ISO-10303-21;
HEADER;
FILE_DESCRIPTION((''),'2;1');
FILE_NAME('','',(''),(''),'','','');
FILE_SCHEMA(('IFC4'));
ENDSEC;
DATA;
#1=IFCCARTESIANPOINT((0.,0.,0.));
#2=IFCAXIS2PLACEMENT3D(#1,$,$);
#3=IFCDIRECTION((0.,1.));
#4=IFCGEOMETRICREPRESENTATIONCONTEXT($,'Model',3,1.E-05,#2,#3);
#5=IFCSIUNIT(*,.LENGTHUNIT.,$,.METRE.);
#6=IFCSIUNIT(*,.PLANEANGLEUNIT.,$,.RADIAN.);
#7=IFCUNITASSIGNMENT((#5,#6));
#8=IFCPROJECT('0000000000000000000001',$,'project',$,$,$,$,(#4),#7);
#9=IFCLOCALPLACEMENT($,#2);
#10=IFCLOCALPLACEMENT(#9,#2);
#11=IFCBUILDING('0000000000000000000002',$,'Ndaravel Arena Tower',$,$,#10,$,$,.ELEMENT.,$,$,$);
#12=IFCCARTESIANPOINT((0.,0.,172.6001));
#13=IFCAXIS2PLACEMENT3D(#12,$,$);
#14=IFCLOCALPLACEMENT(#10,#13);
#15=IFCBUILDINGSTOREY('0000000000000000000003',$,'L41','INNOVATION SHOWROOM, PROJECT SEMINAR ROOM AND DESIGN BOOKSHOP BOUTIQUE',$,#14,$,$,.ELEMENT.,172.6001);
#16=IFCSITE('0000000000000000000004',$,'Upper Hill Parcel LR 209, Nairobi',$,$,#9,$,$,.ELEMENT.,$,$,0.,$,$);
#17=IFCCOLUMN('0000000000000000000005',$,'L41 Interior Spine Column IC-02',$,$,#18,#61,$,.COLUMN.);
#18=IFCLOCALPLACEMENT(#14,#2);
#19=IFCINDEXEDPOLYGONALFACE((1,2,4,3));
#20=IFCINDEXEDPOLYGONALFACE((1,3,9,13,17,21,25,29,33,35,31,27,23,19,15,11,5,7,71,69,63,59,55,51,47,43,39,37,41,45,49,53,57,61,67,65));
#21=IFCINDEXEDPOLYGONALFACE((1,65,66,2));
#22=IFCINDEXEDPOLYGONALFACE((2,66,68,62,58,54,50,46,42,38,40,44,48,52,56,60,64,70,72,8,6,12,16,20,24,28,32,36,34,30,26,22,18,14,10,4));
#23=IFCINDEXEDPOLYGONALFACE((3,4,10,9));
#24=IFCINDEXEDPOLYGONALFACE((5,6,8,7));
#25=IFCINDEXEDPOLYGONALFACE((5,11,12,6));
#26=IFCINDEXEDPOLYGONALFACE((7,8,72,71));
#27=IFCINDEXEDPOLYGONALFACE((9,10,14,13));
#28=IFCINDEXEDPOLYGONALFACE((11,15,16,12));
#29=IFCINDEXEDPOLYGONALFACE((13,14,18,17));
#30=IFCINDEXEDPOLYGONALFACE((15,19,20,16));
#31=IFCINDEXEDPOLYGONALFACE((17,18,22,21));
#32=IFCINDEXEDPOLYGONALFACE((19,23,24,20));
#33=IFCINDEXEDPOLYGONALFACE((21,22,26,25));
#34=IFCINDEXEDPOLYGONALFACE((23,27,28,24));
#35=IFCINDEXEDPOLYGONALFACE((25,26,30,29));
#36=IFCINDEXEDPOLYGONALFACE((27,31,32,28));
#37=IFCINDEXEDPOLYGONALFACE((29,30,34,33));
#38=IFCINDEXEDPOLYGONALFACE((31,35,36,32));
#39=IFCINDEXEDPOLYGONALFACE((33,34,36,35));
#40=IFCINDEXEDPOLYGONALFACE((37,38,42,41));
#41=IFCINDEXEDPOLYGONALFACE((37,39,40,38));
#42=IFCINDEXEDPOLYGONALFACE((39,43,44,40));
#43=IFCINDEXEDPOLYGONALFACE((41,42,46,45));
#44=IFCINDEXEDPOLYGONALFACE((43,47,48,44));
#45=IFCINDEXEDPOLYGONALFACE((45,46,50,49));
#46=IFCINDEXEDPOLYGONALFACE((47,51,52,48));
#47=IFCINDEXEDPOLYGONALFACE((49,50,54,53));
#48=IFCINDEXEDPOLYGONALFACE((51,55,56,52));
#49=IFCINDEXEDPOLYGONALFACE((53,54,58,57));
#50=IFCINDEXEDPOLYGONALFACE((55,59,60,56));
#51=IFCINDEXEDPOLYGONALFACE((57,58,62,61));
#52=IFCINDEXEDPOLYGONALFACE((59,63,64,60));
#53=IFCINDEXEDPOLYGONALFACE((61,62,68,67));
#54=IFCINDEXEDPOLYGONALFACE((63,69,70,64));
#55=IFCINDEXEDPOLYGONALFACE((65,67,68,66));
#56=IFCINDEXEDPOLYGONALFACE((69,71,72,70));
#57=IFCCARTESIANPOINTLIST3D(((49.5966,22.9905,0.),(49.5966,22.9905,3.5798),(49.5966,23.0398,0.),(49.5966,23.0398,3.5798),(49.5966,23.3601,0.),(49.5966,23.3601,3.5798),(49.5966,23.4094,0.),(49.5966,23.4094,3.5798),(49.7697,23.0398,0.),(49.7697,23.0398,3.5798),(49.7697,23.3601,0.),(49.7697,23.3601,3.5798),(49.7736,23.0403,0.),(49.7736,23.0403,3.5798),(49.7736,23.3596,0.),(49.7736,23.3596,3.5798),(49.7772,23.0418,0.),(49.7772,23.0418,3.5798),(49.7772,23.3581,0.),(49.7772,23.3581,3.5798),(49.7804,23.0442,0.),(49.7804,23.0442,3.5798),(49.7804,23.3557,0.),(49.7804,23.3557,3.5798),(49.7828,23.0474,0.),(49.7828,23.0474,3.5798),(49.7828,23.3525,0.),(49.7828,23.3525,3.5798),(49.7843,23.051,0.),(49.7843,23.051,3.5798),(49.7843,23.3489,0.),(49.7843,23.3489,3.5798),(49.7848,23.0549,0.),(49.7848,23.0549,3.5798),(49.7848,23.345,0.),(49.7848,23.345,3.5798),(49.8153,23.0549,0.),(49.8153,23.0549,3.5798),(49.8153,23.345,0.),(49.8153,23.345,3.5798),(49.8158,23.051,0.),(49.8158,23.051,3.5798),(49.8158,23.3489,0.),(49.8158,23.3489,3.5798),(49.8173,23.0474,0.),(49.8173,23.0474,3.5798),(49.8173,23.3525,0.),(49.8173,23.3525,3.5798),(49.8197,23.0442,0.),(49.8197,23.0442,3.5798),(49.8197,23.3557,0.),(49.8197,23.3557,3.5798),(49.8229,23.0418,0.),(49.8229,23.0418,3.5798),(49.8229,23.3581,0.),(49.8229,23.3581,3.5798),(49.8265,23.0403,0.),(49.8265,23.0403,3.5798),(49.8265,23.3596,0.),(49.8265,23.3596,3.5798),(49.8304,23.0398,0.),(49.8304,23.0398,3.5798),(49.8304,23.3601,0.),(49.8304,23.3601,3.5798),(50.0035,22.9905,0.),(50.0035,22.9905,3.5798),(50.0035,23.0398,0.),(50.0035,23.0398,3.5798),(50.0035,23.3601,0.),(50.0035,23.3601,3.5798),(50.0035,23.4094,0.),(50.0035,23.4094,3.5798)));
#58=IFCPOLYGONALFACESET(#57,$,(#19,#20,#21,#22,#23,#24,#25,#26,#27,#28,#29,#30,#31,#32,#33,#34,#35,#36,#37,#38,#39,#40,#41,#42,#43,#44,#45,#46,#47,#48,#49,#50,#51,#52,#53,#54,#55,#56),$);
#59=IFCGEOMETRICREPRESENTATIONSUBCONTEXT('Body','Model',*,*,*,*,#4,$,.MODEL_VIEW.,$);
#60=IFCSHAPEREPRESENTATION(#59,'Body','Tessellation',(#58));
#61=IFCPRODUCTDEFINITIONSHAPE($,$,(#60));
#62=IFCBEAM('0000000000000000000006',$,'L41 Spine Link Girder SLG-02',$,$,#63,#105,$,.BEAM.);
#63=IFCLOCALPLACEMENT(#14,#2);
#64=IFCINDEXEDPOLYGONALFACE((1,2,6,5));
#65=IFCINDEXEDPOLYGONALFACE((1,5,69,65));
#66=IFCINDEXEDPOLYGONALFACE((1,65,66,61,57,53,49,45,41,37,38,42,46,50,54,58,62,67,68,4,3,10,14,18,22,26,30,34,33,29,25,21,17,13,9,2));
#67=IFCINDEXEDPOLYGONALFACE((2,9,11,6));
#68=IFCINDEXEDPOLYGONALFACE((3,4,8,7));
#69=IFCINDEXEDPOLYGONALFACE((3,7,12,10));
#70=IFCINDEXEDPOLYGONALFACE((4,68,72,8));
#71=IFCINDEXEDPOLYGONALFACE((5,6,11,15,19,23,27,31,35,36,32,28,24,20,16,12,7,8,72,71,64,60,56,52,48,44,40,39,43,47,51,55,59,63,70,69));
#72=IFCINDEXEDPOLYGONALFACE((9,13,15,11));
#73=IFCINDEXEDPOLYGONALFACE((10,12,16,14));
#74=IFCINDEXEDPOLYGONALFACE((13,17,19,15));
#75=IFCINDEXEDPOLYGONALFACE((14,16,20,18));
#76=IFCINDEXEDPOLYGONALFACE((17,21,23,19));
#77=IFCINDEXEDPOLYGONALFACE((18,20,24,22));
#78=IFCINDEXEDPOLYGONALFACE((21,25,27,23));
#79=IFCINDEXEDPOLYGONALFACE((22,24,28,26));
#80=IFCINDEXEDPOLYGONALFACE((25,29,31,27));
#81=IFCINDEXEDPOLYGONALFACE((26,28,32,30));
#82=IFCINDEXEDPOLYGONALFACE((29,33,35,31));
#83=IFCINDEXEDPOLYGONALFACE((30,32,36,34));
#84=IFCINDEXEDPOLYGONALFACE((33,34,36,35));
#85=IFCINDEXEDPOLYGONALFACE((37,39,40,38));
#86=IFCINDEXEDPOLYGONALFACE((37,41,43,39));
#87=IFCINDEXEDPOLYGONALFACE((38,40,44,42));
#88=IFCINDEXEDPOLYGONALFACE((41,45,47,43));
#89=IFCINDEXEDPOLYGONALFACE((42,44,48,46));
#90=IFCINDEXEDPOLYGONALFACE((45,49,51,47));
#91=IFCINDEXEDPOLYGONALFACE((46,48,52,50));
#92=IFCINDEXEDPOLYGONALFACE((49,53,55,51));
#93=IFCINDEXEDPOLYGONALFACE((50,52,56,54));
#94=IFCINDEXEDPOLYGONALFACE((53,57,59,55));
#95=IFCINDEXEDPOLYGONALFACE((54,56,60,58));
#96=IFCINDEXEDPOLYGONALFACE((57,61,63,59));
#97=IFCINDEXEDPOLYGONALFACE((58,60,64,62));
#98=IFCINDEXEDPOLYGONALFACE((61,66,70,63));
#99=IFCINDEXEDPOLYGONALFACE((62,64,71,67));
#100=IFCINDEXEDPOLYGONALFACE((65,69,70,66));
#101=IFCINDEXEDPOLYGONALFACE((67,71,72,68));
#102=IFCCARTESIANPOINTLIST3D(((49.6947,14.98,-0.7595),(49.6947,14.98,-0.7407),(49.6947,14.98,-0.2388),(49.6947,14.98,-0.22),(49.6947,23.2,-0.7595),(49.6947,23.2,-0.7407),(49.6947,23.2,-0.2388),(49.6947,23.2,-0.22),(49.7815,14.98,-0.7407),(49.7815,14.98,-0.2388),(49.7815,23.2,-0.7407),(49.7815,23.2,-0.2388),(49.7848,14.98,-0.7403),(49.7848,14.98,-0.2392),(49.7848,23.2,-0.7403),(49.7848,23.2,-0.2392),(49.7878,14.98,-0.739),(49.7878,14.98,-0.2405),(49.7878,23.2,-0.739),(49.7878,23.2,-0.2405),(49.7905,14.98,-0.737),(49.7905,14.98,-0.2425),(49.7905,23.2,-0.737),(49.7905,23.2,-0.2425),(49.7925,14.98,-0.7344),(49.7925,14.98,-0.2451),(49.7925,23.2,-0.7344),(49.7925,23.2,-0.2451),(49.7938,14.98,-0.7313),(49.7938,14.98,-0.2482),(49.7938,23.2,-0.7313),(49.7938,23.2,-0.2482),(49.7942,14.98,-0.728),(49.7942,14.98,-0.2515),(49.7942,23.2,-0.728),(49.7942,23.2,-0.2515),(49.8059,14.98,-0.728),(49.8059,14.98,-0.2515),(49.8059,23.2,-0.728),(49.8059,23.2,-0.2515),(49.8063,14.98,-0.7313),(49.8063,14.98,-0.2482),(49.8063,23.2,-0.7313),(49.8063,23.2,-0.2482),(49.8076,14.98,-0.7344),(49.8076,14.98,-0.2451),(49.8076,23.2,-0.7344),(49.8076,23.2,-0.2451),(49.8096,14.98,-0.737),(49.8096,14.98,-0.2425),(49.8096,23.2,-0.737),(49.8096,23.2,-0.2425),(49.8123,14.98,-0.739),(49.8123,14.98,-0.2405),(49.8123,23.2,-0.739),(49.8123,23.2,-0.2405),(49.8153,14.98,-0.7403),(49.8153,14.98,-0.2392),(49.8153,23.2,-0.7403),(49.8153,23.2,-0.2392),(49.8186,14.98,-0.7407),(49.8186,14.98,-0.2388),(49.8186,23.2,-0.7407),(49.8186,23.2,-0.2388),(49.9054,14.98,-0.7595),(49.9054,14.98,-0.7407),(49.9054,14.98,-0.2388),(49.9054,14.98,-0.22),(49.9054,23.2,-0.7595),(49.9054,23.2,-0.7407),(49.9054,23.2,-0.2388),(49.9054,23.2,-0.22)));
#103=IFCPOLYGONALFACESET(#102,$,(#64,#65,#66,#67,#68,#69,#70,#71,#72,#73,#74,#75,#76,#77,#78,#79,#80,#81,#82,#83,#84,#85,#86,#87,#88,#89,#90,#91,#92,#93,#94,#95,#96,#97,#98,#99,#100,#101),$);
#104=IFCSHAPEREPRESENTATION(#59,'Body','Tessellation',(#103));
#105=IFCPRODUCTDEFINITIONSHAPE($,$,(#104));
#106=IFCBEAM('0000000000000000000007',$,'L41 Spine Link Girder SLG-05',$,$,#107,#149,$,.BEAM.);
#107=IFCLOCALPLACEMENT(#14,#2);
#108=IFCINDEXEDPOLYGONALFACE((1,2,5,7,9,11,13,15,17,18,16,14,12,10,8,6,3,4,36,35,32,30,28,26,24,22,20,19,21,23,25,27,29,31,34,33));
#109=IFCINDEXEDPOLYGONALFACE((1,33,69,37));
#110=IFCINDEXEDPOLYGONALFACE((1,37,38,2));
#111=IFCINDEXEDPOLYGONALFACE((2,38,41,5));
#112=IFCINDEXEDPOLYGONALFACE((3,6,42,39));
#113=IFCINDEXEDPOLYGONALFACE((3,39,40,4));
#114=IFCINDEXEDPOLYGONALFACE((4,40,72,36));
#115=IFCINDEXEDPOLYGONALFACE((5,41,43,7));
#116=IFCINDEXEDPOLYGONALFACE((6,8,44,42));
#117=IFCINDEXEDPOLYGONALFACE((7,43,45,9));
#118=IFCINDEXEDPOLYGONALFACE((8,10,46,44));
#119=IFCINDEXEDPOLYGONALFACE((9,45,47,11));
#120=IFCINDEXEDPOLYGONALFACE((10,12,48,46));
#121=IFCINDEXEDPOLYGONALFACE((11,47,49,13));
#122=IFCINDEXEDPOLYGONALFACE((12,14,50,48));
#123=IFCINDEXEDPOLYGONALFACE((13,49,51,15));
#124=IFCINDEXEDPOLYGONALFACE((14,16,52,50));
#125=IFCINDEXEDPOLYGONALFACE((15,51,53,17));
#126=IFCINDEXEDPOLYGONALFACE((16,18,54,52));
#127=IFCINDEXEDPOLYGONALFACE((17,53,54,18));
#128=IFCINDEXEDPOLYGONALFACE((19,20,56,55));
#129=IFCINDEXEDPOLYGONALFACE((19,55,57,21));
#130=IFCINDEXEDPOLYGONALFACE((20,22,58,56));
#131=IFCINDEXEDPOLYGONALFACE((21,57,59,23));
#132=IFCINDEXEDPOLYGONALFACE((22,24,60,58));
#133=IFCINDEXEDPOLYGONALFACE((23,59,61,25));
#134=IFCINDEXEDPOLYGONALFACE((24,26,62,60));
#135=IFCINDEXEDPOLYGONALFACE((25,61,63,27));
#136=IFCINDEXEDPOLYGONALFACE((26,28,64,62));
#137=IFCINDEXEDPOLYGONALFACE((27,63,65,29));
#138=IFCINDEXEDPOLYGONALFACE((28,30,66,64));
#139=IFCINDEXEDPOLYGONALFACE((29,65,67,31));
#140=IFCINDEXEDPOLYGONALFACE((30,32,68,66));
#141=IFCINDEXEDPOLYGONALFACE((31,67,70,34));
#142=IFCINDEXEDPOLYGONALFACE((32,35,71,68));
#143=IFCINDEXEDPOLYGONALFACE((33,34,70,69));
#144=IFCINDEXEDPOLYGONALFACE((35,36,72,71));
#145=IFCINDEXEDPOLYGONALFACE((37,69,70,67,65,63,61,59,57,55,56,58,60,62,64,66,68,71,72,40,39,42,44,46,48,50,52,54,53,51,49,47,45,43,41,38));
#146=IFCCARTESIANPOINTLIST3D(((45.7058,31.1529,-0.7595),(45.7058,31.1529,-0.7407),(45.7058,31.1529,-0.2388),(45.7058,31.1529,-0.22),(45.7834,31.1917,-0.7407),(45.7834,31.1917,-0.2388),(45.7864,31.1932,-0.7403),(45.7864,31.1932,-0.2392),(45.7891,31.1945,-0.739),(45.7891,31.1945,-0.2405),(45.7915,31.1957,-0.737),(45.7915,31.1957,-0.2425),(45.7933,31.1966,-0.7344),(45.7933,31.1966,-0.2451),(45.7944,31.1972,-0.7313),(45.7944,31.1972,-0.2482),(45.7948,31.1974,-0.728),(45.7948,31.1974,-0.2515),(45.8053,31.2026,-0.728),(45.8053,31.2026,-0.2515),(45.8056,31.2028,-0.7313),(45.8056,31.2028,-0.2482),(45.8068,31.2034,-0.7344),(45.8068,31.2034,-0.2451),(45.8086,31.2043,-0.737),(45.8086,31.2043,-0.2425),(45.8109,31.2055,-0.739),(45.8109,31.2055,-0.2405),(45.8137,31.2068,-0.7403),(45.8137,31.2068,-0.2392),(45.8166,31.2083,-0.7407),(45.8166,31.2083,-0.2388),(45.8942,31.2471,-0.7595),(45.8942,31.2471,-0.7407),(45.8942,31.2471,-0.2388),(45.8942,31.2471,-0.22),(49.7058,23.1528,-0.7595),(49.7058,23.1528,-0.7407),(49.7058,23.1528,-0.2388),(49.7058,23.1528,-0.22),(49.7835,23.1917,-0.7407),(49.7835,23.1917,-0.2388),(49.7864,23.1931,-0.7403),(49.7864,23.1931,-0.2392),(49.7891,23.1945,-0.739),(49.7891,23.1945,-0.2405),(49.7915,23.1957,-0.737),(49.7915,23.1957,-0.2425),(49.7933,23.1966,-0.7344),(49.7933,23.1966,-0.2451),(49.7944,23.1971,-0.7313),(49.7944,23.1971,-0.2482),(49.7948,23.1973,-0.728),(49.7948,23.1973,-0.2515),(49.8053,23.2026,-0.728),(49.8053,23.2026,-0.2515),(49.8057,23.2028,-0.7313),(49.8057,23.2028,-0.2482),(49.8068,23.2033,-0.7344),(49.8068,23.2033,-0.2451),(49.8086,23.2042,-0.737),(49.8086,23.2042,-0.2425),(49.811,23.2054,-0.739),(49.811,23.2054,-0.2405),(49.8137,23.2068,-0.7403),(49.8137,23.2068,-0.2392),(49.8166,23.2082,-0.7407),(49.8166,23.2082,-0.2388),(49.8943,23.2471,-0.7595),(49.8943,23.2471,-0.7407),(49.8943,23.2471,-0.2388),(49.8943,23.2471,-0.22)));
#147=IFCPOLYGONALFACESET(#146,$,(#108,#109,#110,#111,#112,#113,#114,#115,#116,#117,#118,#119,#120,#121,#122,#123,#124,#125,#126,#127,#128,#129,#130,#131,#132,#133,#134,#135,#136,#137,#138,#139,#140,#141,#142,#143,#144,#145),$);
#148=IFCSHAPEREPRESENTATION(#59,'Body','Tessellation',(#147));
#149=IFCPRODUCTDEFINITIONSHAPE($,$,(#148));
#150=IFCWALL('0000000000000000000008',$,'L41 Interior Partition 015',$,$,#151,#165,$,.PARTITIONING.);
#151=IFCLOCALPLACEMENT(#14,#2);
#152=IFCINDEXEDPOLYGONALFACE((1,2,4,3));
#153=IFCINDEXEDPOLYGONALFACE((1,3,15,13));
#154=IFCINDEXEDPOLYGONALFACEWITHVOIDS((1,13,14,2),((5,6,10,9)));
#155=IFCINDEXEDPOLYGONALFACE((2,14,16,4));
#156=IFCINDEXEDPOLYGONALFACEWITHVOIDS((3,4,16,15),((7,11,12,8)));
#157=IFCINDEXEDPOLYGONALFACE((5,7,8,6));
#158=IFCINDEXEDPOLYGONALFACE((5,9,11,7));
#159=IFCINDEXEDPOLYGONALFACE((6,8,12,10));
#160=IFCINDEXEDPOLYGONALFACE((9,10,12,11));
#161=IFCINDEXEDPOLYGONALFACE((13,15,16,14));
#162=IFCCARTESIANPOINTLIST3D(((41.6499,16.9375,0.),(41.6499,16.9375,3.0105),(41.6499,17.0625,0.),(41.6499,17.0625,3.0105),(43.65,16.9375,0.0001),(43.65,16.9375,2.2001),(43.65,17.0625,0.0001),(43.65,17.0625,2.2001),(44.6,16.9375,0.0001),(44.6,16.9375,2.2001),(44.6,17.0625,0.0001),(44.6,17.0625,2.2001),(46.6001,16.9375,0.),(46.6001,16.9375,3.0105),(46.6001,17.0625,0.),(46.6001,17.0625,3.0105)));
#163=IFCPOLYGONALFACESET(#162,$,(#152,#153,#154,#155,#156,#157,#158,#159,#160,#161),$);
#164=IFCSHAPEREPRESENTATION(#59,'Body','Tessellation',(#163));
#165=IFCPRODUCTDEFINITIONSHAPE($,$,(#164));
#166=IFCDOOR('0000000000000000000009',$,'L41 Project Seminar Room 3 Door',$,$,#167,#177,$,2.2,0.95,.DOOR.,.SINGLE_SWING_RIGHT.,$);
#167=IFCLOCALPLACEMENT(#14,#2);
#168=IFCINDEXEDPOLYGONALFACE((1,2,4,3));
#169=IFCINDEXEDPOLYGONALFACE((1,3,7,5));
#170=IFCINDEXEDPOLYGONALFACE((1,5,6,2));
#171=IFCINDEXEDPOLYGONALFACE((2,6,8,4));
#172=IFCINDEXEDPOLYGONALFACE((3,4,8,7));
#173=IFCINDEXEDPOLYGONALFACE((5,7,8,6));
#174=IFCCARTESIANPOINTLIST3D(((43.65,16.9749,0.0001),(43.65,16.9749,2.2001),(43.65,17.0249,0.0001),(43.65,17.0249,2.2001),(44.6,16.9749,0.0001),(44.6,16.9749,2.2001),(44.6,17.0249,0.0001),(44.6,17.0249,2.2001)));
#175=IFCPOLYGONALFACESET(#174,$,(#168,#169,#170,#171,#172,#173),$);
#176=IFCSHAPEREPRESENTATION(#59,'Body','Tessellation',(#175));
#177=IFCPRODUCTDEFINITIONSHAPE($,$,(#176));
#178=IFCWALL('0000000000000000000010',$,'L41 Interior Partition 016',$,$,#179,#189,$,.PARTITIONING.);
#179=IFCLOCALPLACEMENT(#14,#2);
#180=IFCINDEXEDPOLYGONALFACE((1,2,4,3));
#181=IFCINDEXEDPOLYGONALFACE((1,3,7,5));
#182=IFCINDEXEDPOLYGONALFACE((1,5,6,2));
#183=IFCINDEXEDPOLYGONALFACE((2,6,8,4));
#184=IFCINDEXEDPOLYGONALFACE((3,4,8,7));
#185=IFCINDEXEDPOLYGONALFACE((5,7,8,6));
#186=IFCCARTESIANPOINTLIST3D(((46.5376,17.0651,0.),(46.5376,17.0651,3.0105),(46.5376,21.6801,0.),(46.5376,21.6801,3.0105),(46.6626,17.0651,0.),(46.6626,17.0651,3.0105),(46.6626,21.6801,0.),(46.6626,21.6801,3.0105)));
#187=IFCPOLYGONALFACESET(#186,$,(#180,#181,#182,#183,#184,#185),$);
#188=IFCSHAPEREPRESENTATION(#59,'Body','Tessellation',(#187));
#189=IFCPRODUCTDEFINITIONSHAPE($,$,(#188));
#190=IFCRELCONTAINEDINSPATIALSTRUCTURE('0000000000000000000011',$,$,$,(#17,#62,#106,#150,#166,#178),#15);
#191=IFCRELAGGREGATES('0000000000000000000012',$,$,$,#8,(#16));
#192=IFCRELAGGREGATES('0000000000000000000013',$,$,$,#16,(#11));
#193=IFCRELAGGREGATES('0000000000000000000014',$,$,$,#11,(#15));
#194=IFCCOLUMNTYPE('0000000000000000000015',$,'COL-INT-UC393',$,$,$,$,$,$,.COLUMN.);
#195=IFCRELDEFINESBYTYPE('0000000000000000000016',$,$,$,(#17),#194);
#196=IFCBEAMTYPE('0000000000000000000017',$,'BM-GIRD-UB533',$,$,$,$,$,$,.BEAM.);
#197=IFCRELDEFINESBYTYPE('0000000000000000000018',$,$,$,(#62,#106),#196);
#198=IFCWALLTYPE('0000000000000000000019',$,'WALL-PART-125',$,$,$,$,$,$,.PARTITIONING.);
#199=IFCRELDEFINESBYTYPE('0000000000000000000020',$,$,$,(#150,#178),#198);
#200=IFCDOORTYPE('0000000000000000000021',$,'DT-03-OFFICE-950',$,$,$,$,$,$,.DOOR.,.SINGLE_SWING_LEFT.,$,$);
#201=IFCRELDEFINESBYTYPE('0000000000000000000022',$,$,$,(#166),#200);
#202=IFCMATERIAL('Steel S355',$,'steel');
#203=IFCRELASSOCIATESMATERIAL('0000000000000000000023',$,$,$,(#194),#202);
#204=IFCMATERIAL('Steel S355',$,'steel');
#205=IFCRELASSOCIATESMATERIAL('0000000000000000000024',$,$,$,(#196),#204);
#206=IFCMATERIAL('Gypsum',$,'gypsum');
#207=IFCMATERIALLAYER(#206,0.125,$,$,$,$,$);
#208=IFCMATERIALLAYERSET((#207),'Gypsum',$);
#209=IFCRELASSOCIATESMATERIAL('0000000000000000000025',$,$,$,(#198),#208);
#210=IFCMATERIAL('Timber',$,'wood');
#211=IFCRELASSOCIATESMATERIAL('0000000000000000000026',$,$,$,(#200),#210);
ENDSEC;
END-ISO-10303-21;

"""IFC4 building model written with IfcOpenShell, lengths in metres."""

from ifc_helpers import new_model, si_unit, direction, frame, frame_2d, origin, origin_2d, place, context, subcontext, project, spatial, rectangle, i_section, extrude, material, layer, layer_set, material_profile, profile_set, type_object, element, fill, save


model = new_model("IFC4")

# Units and contexts
model_context = context("Model", 3, precision=1e-05, world=origin(), true_north=direction((0.0, 1.0)))
body_context = subcontext(model_context, "Body", "Model", "MODEL_VIEW")
ifc_project = project(units=[si_unit("LENGTHUNIT", "METRE"), si_unit("PLANEANGLEUNIT", "RADIAN")], contexts=[model_context])

# Site, building, storey
site_placement = place(None, origin())
site = spatial("IfcSite", under=ifc_project, at=site_placement, Name="Upper Hill Parcel LR 209, Nairobi", CompositionType="ELEMENT", RefElevation=0.0)
building_placement = place(site_placement, origin())
building = spatial("IfcBuilding", under=site, at=building_placement, Name="Ndaravel Arena Tower", CompositionType="ELEMENT")
storey_placement = place(building_placement, frame((0.0, 0.0, 172.6001)))
storey = spatial("IfcBuildingStorey", under=building, at=storey_placement, Name="L41", Description="INNOVATION SHOWROOM, PROJECT SEMINAR ROOM AND DESIGN BOOKSHOP BOUTIQUE", CompositionType="ELEMENT", Elevation=172.6001)

# Column
ifc_material_1 = material(Name="Steel S355", Category="steel")
ifc_material_profile_1 = material_profile(ifc_material_1, i_section(OverallWidth=0.407, OverallDepth=0.4189, WebThickness=0.0305, FlangeThickness=0.0493, FilletRadius=0.0151, at=origin_2d()), Name="UC 356x406x393")
ifc_profile_set_1 = profile_set([ifc_material_profile_1], Name="Steel S355")
column_type = type_object("IfcColumnType", Name="COL-INT-UC393", PredefinedType="COLUMN", material=ifc_profile_set_1)
column_placement = place(storey_placement, frame((49.8, 23.2, 0.0), z_axis=(0.0, 0.0, 1.0), x_axis=(1.0, 0.0, 0.0)))
element("IfcColumn", 1, at=column_placement, inside=storey, type_object=column_type, Name="L41 Interior Spine Column IC-02", PredefinedType="COLUMN", context=body_context, shape_type="SweptSolid", body=[
    extrude(i_section(OverallWidth=0.407, OverallDepth=0.4189, WebThickness=0.0305, FlangeThickness=0.0493, FilletRadius=0.0151, at=origin_2d()), origin(), (0.0, 0.0, 1.0), 3.5798),
])

# Beams
ifc_material_2 = material(Name="Steel S355", Category="steel")
ifc_material_profile_2 = material_profile(ifc_material_2, i_section(OverallWidth=0.2107, OverallDepth=0.5396, WebThickness=0.0117, FlangeThickness=0.0188, FilletRadius=0.0127, at=origin_2d()), Name="UB 533x210x109")
ifc_profile_set_2 = profile_set([ifc_material_profile_2], Name="Steel S355")
beam_type = type_object("IfcBeamType", Name="BM-GIRD-UB533", PredefinedType="BEAM", material=ifc_profile_set_2)
beam_1_placement = place(storey_placement, frame((49.8, 14.98, -0.4897), z_axis=(0.0, 1.0, 0.0), x_axis=(-1.0, 0.0, 0.0)))
element("IfcBeam", 2, at=beam_1_placement, inside=storey, type_object=beam_type, Name="L41 Spine Link Girder SLG-02", PredefinedType="BEAM", context=body_context, shape_type="SweptSolid", body=[
    extrude(i_section(OverallWidth=0.2107, OverallDepth=0.5396, WebThickness=0.0117, FlangeThickness=0.0188, FilletRadius=0.0127, at=origin_2d()), origin(), (0.0, 0.0, 1.0), 8.22),
])
beam_2_placement = place(storey_placement, frame((49.8, 23.2, -0.4897), z_axis=(-0.447214, 0.894427, 0.0), x_axis=(-0.894427, -0.447214, 0.0)))
element("IfcBeam", 3, at=beam_2_placement, inside=storey, type_object=beam_type, Name="L41 Spine Link Girder SLG-05", PredefinedType="BEAM", context=body_context, shape_type="SweptSolid", body=[
    extrude(i_section(OverallWidth=0.2107, OverallDepth=0.5396, WebThickness=0.0117, FlangeThickness=0.0188, FilletRadius=0.0127, at=origin_2d()), origin(), (0.0, 0.0, 1.0), 8.9443),
])

# Wall, opening, door
ifc_material_3 = material(Name="Gypsum", Category="gypsum")
ifc_layer_1 = layer(ifc_material_3, 0.125)
ifc_layer_set_1 = layer_set([ifc_layer_1], Name="Gypsum")
wall_type_1 = type_object("IfcWallType", Name="WALL-PART-125", PredefinedType="PARTITIONING", material=ifc_layer_set_1)
wall_1_placement = place(storey_placement, frame((41.6499, 17.0, 0.0), z_axis=(0.0, 0.0, 1.0), x_axis=(1.0, 0.0, 0.0)))
wall_1 = element("IfcWall", 4, at=wall_1_placement, inside=storey, type_object=wall_type_1, Name="L41 Interior Partition 015", PredefinedType="PARTITIONING", context=body_context, shape_type="SweptSolid", body=[
    extrude(rectangle(XDim=4.9502, YDim=0.125, at=frame_2d((2.4751, 0.0))), origin(), (0.0, 0.0, 1.0), 3.0105),
])
opening_1_placement = place(wall_1_placement, frame((2.0, 0.0, 0.0)))
opening_1 = element("IfcOpeningElement", 5, at=opening_1_placement, cuts=wall_1, PredefinedType="OPENING", context=body_context, shape_type="SweptSolid", body=[
    extrude(rectangle(XDim=0.95, YDim=2.2, at=frame_2d((0.4751, 1.1001))), frame((0.0, 0.0625, 0.0), z_axis=(0.0, -1.0, 0.0), x_axis=(1.0, 0.0, 0.0)), (0.0, 0.0, 1.0), 0.125),
])
ifc_material_4 = material(Name="Timber", Category="wood")
door_type_1 = type_object("IfcDoorType", Name="DT-03-OFFICE-950", OperationType="SINGLE_SWING_LEFT", PredefinedType="DOOR", material=ifc_material_4)
door_1_placement = place(opening_1_placement, origin())
door_1 = element("IfcDoor", 6, at=door_1_placement, inside=storey, type_object=door_type_1, Name="L41 Project Seminar Room 3 Door", OperationType="SINGLE_SWING_RIGHT", OverallHeight=2.2, OverallWidth=0.95, PredefinedType="DOOR", context=body_context, shape_type="SweptSolid", body=[
    extrude(rectangle(XDim=0.95, YDim=2.2, at=frame_2d((0.4751, 1.1001))), frame((0.0, 0.0249, 0.0), z_axis=(0.0, -1.0, 0.0), x_axis=(1.0, 0.0, 0.0)), (0.0, 0.0, 1.0), 0.05),
])
fill(opening_1, door_1)

# Wall
wall_2_placement = place(storey_placement, frame((46.6001, 17.0649, 0.0), z_axis=(0.0, 0.0, 1.0), x_axis=(0.0, 1.0, 0.0)))
element("IfcWall", 7, at=wall_2_placement, inside=storey, type_object=wall_type_1, Name="L41 Interior Partition 016", PredefinedType="PARTITIONING", context=body_context, shape_type="SweptSolid", body=[
    extrude(rectangle(XDim=4.615, YDim=0.125, at=frame_2d((2.3076, 0.0))), origin(), (0.0, 0.0, 1.0), 3.0105),
])

save(model, "model.ifc")
